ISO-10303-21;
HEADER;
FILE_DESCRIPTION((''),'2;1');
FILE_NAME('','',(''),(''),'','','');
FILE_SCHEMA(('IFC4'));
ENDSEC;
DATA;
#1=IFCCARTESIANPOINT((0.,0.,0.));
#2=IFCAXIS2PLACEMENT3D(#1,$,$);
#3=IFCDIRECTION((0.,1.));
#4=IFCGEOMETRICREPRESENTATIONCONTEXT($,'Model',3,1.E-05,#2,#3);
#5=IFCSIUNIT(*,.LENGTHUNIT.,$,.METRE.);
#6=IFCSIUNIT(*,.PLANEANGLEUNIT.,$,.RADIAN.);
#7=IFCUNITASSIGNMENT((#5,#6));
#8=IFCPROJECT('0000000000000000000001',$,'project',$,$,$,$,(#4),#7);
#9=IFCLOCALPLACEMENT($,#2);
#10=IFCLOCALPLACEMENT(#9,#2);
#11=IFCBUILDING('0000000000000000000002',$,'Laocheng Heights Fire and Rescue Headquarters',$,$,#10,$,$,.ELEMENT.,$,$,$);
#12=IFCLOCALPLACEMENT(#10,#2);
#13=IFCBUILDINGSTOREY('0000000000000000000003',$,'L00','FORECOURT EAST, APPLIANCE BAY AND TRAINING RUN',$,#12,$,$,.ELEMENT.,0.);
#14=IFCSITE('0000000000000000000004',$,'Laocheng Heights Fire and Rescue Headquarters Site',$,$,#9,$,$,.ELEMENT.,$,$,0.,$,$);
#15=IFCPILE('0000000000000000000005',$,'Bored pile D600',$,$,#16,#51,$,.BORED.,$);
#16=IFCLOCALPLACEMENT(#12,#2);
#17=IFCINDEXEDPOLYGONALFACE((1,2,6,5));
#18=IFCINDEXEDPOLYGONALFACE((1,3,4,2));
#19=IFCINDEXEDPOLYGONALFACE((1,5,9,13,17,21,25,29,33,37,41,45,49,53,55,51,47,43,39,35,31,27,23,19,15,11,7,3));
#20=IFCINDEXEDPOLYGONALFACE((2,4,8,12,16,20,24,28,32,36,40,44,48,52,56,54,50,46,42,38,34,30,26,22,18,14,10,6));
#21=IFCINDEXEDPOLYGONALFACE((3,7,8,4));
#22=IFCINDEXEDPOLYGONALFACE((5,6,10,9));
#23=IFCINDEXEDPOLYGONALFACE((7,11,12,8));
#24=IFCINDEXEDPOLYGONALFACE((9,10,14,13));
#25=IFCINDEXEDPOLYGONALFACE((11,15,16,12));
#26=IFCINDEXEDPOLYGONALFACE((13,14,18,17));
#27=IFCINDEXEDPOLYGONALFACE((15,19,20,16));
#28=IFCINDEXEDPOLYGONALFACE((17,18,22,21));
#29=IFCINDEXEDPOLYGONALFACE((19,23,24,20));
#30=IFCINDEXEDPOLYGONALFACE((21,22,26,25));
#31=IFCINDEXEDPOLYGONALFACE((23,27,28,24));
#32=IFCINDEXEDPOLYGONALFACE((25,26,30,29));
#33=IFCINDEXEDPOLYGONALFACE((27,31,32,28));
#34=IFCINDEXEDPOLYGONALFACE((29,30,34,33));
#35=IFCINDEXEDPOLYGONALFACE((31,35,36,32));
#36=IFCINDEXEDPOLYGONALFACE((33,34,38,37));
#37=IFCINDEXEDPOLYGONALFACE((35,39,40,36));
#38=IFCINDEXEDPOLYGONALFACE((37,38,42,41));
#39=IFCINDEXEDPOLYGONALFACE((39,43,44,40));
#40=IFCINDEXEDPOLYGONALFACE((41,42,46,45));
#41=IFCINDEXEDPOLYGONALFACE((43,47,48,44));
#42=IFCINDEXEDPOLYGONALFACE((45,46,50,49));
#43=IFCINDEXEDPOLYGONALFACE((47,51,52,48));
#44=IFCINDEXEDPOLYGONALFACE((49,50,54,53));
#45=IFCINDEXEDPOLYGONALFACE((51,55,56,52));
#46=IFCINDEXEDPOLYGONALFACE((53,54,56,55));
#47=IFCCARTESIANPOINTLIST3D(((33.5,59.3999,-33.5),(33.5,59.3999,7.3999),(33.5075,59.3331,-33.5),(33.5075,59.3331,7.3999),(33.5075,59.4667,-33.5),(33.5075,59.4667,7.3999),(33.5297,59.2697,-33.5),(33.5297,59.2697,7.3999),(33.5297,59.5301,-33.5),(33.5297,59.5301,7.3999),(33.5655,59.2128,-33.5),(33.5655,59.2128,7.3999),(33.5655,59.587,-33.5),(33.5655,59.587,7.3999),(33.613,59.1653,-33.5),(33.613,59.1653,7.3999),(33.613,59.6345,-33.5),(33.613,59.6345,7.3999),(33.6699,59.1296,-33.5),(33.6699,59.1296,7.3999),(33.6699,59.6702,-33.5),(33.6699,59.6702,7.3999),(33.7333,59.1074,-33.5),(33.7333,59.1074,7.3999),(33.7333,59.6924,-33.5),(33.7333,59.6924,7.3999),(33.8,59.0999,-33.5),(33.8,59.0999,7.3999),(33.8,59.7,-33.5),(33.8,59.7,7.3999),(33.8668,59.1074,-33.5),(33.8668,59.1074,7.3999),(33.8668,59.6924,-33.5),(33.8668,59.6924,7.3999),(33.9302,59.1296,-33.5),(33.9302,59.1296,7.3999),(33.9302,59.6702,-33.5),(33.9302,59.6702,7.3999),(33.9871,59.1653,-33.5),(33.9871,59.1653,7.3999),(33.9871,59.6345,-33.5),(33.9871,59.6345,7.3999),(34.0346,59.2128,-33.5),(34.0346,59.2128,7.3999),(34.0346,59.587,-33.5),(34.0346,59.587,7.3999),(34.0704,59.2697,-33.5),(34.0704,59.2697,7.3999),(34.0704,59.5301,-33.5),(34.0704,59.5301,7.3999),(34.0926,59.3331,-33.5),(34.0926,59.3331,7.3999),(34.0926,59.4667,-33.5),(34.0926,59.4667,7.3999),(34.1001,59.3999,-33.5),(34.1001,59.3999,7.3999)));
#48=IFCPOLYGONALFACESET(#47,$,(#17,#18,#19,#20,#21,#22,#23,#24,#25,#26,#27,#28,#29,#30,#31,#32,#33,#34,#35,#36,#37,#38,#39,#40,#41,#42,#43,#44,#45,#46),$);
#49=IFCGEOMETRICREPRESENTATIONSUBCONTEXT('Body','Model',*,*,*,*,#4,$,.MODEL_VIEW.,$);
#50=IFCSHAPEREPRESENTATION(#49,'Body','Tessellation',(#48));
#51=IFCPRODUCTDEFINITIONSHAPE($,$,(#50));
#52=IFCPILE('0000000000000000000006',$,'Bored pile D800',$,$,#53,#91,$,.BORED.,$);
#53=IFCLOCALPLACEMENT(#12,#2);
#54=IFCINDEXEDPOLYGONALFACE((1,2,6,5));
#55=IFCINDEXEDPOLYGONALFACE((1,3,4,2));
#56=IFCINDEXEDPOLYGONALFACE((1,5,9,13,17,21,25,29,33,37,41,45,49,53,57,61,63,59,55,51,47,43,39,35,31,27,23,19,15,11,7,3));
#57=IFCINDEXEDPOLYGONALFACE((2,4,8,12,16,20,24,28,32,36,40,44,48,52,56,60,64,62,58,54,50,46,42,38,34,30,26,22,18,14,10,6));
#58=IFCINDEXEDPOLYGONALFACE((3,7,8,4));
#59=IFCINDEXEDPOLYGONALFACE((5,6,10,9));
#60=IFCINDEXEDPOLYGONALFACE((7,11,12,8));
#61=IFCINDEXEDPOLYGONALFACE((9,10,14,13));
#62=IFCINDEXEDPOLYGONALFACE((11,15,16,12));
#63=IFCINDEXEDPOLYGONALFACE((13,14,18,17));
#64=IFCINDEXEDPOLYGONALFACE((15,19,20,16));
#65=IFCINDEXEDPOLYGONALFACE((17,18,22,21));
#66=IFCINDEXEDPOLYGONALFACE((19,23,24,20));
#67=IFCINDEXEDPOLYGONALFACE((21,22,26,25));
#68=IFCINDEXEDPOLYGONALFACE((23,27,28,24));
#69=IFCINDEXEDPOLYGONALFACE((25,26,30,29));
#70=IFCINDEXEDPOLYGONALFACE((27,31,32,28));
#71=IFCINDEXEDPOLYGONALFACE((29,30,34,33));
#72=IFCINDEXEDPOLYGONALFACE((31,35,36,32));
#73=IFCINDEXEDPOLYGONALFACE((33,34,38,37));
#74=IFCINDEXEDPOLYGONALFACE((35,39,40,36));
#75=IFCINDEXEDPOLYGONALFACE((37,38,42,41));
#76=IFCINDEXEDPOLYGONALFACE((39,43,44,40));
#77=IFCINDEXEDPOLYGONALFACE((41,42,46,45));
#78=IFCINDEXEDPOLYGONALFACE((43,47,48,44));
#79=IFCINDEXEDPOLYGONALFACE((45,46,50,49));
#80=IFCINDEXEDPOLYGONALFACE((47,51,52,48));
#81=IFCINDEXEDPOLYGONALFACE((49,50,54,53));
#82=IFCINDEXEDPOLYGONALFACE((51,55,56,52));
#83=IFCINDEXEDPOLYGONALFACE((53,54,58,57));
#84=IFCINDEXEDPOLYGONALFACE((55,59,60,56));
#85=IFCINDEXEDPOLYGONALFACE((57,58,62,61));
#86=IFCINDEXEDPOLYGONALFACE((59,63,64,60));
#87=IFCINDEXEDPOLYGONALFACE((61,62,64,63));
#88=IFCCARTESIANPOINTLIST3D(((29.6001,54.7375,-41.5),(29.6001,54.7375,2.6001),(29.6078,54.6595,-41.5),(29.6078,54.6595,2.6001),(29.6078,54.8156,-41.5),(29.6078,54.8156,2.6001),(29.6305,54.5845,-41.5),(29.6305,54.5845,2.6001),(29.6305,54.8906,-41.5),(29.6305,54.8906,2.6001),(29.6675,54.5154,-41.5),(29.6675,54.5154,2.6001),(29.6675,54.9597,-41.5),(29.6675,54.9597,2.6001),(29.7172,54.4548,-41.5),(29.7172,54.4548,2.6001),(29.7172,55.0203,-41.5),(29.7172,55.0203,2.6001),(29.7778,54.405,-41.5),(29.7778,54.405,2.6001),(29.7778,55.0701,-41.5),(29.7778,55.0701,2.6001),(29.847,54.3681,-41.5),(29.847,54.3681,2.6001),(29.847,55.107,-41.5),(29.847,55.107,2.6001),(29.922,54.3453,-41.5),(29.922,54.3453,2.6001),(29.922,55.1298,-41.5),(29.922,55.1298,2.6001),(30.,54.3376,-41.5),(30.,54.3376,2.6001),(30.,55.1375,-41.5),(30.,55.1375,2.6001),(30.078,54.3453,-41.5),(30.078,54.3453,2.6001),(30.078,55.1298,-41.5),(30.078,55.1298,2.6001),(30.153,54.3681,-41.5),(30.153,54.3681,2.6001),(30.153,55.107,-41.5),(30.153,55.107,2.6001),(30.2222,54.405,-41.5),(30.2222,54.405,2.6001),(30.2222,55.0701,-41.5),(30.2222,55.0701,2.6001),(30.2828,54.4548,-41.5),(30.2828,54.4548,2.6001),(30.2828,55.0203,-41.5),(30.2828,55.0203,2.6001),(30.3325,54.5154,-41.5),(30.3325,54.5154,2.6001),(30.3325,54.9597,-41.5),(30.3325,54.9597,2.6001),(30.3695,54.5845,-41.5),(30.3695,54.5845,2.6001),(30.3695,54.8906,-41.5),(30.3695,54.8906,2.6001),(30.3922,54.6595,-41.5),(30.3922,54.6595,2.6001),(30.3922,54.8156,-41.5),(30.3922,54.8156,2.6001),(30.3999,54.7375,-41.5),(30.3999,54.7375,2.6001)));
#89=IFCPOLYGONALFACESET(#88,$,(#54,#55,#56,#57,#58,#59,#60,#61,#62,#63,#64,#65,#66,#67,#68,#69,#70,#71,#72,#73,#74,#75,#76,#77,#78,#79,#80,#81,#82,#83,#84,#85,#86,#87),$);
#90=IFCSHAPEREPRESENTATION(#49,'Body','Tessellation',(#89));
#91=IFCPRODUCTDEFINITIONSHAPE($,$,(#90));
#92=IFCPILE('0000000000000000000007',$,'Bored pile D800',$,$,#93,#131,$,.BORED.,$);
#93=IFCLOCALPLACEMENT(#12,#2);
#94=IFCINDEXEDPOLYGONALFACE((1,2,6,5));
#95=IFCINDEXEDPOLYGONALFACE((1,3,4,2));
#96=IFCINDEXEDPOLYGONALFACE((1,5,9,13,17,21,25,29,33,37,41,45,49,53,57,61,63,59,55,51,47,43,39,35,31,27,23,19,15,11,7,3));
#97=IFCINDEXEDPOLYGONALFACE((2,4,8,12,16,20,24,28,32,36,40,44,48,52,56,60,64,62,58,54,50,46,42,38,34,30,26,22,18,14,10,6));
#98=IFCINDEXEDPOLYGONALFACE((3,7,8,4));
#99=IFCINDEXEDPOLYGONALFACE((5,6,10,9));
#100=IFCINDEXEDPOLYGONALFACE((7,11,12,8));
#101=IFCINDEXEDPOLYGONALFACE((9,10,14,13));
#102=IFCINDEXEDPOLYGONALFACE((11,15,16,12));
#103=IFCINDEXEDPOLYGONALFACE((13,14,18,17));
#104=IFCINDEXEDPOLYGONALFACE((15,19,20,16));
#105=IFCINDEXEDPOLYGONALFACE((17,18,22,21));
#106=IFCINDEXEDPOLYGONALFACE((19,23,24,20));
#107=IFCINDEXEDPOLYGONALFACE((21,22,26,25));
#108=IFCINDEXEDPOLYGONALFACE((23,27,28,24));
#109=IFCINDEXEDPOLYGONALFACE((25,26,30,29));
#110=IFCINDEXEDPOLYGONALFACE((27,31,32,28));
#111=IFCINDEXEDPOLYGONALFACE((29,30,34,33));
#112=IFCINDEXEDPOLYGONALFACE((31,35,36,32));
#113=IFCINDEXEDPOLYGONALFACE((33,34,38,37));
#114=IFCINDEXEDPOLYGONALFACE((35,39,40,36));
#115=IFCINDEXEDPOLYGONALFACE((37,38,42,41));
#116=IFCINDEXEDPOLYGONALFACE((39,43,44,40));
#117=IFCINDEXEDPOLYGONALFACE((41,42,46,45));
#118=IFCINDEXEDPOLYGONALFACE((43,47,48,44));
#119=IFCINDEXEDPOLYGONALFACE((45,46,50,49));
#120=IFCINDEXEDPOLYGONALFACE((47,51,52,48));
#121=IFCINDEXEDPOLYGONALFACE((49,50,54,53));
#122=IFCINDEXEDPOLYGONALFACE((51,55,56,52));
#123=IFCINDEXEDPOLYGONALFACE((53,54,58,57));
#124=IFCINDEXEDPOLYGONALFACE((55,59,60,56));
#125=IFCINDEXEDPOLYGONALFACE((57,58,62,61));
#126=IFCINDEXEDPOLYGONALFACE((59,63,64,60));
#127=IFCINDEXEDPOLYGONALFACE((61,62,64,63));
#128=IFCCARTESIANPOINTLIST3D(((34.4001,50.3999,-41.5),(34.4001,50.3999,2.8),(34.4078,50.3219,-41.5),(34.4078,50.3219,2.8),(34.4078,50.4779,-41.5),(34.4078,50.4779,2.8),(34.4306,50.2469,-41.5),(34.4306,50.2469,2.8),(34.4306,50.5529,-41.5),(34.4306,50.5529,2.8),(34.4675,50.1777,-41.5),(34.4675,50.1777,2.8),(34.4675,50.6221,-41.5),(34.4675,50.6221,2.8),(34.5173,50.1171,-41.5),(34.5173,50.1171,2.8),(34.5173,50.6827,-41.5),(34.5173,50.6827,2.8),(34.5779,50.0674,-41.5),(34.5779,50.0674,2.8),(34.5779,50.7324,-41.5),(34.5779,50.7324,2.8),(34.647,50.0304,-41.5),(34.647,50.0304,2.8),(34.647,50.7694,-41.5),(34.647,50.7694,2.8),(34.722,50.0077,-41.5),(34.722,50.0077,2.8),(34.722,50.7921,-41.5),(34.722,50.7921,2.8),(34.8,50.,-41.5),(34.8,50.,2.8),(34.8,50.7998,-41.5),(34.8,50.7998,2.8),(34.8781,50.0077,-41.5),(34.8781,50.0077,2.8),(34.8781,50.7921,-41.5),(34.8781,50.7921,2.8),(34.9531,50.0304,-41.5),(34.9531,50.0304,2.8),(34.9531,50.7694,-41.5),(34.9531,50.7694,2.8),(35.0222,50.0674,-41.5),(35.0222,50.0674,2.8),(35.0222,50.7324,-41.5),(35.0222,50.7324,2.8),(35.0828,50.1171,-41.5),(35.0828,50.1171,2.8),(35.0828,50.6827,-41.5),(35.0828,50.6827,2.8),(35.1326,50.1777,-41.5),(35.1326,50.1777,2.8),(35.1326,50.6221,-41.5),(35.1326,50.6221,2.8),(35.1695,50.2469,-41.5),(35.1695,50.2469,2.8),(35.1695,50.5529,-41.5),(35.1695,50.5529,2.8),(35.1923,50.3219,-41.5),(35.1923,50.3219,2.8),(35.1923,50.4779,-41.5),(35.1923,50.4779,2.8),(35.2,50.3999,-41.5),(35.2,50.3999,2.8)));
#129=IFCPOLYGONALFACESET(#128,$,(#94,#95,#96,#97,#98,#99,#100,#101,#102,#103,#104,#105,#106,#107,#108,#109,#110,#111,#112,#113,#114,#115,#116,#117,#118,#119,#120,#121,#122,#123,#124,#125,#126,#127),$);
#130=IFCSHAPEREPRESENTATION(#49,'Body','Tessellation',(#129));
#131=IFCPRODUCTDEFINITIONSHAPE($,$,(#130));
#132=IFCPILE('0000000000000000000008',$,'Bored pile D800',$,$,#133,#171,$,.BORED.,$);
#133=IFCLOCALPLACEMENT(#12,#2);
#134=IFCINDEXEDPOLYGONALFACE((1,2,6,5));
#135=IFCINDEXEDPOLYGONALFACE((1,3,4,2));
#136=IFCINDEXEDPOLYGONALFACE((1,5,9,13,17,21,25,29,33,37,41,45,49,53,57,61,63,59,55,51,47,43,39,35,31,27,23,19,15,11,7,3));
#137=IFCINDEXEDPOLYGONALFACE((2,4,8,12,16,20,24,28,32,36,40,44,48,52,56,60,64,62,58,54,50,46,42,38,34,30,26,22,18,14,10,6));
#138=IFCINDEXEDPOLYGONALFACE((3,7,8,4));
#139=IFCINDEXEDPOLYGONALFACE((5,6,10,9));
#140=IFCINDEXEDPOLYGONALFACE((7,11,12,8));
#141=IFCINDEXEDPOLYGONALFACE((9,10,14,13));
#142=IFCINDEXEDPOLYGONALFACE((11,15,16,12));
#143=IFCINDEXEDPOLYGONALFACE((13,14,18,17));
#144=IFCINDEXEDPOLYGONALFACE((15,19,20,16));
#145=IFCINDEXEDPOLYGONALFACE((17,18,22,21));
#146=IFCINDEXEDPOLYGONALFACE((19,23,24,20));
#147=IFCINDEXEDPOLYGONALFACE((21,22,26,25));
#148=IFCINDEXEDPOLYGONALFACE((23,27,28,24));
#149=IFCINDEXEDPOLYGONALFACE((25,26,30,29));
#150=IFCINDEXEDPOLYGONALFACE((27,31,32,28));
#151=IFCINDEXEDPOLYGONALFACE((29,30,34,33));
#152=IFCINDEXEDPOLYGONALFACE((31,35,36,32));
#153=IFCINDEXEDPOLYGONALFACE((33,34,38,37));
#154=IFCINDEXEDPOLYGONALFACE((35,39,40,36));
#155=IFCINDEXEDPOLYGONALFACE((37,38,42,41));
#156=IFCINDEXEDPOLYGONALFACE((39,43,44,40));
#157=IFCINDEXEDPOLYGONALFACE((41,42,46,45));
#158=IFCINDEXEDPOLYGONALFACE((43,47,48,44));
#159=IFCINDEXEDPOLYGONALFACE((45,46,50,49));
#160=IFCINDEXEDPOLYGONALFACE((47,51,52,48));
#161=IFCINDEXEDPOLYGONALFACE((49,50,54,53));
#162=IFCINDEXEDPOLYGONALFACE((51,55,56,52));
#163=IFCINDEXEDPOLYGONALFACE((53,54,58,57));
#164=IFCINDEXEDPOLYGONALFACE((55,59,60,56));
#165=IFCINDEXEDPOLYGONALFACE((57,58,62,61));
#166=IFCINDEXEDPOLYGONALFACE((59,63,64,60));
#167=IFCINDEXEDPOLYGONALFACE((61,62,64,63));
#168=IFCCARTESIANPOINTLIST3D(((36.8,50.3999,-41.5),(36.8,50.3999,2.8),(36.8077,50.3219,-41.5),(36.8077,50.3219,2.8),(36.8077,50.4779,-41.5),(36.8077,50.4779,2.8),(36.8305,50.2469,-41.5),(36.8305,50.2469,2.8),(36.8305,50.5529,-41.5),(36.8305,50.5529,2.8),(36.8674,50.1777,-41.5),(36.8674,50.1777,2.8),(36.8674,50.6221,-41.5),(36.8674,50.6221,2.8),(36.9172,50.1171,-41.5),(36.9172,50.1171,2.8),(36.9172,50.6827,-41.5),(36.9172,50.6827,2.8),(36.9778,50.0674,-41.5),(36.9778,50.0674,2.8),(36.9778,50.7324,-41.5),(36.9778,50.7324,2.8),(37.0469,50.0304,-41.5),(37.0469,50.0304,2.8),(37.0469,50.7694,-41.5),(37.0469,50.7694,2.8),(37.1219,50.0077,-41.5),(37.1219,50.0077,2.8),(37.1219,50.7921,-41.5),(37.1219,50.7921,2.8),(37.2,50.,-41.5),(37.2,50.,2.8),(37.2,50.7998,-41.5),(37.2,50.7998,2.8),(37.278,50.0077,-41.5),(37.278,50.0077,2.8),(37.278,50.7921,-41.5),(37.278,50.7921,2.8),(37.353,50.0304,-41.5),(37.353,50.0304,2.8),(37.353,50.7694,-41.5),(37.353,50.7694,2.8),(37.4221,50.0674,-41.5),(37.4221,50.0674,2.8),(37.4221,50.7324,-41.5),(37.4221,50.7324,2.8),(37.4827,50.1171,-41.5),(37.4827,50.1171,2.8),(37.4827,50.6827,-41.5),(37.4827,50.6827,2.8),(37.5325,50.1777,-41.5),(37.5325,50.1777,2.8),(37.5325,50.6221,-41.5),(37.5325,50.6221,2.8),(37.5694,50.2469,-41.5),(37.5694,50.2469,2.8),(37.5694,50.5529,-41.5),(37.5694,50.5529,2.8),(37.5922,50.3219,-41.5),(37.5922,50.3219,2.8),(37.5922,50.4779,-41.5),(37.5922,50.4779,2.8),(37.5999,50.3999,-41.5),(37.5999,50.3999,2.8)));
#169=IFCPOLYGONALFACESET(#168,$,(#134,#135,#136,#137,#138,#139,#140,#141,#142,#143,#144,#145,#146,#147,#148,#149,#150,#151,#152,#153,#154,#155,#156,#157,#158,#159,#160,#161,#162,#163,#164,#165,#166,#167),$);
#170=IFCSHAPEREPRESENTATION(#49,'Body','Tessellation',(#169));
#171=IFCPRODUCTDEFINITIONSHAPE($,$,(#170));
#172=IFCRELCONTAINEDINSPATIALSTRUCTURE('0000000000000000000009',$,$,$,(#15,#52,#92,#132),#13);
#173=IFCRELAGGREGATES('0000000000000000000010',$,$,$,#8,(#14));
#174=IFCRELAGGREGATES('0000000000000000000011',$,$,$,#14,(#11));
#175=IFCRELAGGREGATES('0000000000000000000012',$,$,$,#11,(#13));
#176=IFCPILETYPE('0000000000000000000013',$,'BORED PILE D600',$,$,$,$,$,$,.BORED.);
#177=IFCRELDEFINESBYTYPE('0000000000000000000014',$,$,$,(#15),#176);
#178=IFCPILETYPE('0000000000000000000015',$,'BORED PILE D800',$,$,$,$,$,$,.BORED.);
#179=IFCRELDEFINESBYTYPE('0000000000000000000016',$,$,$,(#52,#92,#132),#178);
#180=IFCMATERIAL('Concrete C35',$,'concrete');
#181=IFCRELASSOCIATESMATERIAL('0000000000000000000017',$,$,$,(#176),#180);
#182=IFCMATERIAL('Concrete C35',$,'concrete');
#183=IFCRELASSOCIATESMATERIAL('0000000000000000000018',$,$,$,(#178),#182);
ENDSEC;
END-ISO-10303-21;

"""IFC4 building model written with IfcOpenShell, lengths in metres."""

from ifc_helpers import new_model, si_unit, direction, frame, origin, origin_2d, place, context, subcontext, project, spatial, circle, extrude, material, material_profile, profile_set, type_object, element, save


model = new_model("IFC4")

# Units and contexts
model_context = context("Model", 3, precision=1e-05, world=origin(), true_north=direction((0.0, 1.0)))
body_context = subcontext(model_context, "Body", "Model", "MODEL_VIEW")
ifc_project = project(units=[si_unit("LENGTHUNIT", "METRE"), si_unit("PLANEANGLEUNIT", "RADIAN")], contexts=[model_context])

# Site, building, storey
site_placement = place(None, origin())
site = spatial("IfcSite", under=ifc_project, at=site_placement, Name="Laocheng Heights Fire and Rescue Headquarters Site", CompositionType="ELEMENT", RefElevation=0.0)
building_placement = place(site_placement, origin())
building = spatial("IfcBuilding", under=site, at=building_placement, Name="Laocheng Heights Fire and Rescue Headquarters", CompositionType="ELEMENT")
storey_placement = place(building_placement, origin())
storey = spatial("IfcBuildingStorey", under=building, at=storey_placement, Name="L00", Description="FORECOURT EAST, APPLIANCE BAY AND TRAINING RUN", CompositionType="ELEMENT", Elevation=0.0)

# Piles
ifc_material_1 = material(Name="Concrete C35", Category="concrete")
ifc_material_profile_1 = material_profile(ifc_material_1, circle(Radius=0.3, at=origin_2d()), Name="BORED PILE D600")
ifc_profile_set_1 = profile_set([ifc_material_profile_1], Name="Concrete C35")
pile_type_1 = type_object("IfcPileType", Name="BORED PILE D600", PredefinedType="BORED", material=ifc_profile_set_1)
pile_1_placement = place(storey_placement, frame((33.8, 59.3999, 7.3999), z_axis=(0.0, 0.0, -1.0), x_axis=(1.0, 0.0, 0.0)))
element("IfcPile", 1, at=pile_1_placement, inside=storey, type_object=pile_type_1, Name="Bored pile D600", PredefinedType="BORED", context=body_context, shape_type="SweptSolid", body=[
    extrude(circle(Radius=0.3, at=origin_2d()), origin(), (0.0, 0.0, 1.0), 40.8999),
])
ifc_material_2 = material(Name="Concrete C35", Category="concrete")
ifc_material_profile_2 = material_profile(ifc_material_2, circle(Radius=0.3999, at=origin_2d()), Name="BORED PILE D800")
ifc_profile_set_2 = profile_set([ifc_material_profile_2], Name="Concrete C35")
pile_type_2 = type_object("IfcPileType", Name="BORED PILE D800", PredefinedType="BORED", material=ifc_profile_set_2)
pile_2_placement = place(storey_placement, frame((30.0, 54.7375, 2.6001), z_axis=(0.0, 0.0, -1.0), x_axis=(1.0, 0.0, 0.0)))
element("IfcPile", 2, at=pile_2_placement, inside=storey, type_object=pile_type_2, Name="Bored pile D800", PredefinedType="BORED", context=body_context, shape_type="SweptSolid", body=[
    extrude(circle(Radius=0.3999, at=origin_2d()), origin(), (0.0, 0.0, 1.0), 44.1001),
])
for number, where, z_axis, x_axis, name in (
    (3, (34.8, 50.3999, 2.8), (0.0, 0.0, -1.0), (1.0, 0.0, 0.0), "Bored pile D800"),
    (4, (37.2, 50.3999, 2.8), (0.0, 0.0, -1.0), (1.0, 0.0, 0.0), "Bored pile D800"),
):
    element("IfcPile", number, at=place(storey_placement, frame(where, z_axis=z_axis, x_axis=x_axis)), inside=storey, type_object=pile_type_2, Name=name, PredefinedType="BORED", context=body_context, shape_type="SweptSolid", body=[
        extrude(circle(Radius=0.3999, at=origin_2d()), origin(), (0.0, 0.0, 1.0), 44.3),
    ])

save(model, "model.ifc")
